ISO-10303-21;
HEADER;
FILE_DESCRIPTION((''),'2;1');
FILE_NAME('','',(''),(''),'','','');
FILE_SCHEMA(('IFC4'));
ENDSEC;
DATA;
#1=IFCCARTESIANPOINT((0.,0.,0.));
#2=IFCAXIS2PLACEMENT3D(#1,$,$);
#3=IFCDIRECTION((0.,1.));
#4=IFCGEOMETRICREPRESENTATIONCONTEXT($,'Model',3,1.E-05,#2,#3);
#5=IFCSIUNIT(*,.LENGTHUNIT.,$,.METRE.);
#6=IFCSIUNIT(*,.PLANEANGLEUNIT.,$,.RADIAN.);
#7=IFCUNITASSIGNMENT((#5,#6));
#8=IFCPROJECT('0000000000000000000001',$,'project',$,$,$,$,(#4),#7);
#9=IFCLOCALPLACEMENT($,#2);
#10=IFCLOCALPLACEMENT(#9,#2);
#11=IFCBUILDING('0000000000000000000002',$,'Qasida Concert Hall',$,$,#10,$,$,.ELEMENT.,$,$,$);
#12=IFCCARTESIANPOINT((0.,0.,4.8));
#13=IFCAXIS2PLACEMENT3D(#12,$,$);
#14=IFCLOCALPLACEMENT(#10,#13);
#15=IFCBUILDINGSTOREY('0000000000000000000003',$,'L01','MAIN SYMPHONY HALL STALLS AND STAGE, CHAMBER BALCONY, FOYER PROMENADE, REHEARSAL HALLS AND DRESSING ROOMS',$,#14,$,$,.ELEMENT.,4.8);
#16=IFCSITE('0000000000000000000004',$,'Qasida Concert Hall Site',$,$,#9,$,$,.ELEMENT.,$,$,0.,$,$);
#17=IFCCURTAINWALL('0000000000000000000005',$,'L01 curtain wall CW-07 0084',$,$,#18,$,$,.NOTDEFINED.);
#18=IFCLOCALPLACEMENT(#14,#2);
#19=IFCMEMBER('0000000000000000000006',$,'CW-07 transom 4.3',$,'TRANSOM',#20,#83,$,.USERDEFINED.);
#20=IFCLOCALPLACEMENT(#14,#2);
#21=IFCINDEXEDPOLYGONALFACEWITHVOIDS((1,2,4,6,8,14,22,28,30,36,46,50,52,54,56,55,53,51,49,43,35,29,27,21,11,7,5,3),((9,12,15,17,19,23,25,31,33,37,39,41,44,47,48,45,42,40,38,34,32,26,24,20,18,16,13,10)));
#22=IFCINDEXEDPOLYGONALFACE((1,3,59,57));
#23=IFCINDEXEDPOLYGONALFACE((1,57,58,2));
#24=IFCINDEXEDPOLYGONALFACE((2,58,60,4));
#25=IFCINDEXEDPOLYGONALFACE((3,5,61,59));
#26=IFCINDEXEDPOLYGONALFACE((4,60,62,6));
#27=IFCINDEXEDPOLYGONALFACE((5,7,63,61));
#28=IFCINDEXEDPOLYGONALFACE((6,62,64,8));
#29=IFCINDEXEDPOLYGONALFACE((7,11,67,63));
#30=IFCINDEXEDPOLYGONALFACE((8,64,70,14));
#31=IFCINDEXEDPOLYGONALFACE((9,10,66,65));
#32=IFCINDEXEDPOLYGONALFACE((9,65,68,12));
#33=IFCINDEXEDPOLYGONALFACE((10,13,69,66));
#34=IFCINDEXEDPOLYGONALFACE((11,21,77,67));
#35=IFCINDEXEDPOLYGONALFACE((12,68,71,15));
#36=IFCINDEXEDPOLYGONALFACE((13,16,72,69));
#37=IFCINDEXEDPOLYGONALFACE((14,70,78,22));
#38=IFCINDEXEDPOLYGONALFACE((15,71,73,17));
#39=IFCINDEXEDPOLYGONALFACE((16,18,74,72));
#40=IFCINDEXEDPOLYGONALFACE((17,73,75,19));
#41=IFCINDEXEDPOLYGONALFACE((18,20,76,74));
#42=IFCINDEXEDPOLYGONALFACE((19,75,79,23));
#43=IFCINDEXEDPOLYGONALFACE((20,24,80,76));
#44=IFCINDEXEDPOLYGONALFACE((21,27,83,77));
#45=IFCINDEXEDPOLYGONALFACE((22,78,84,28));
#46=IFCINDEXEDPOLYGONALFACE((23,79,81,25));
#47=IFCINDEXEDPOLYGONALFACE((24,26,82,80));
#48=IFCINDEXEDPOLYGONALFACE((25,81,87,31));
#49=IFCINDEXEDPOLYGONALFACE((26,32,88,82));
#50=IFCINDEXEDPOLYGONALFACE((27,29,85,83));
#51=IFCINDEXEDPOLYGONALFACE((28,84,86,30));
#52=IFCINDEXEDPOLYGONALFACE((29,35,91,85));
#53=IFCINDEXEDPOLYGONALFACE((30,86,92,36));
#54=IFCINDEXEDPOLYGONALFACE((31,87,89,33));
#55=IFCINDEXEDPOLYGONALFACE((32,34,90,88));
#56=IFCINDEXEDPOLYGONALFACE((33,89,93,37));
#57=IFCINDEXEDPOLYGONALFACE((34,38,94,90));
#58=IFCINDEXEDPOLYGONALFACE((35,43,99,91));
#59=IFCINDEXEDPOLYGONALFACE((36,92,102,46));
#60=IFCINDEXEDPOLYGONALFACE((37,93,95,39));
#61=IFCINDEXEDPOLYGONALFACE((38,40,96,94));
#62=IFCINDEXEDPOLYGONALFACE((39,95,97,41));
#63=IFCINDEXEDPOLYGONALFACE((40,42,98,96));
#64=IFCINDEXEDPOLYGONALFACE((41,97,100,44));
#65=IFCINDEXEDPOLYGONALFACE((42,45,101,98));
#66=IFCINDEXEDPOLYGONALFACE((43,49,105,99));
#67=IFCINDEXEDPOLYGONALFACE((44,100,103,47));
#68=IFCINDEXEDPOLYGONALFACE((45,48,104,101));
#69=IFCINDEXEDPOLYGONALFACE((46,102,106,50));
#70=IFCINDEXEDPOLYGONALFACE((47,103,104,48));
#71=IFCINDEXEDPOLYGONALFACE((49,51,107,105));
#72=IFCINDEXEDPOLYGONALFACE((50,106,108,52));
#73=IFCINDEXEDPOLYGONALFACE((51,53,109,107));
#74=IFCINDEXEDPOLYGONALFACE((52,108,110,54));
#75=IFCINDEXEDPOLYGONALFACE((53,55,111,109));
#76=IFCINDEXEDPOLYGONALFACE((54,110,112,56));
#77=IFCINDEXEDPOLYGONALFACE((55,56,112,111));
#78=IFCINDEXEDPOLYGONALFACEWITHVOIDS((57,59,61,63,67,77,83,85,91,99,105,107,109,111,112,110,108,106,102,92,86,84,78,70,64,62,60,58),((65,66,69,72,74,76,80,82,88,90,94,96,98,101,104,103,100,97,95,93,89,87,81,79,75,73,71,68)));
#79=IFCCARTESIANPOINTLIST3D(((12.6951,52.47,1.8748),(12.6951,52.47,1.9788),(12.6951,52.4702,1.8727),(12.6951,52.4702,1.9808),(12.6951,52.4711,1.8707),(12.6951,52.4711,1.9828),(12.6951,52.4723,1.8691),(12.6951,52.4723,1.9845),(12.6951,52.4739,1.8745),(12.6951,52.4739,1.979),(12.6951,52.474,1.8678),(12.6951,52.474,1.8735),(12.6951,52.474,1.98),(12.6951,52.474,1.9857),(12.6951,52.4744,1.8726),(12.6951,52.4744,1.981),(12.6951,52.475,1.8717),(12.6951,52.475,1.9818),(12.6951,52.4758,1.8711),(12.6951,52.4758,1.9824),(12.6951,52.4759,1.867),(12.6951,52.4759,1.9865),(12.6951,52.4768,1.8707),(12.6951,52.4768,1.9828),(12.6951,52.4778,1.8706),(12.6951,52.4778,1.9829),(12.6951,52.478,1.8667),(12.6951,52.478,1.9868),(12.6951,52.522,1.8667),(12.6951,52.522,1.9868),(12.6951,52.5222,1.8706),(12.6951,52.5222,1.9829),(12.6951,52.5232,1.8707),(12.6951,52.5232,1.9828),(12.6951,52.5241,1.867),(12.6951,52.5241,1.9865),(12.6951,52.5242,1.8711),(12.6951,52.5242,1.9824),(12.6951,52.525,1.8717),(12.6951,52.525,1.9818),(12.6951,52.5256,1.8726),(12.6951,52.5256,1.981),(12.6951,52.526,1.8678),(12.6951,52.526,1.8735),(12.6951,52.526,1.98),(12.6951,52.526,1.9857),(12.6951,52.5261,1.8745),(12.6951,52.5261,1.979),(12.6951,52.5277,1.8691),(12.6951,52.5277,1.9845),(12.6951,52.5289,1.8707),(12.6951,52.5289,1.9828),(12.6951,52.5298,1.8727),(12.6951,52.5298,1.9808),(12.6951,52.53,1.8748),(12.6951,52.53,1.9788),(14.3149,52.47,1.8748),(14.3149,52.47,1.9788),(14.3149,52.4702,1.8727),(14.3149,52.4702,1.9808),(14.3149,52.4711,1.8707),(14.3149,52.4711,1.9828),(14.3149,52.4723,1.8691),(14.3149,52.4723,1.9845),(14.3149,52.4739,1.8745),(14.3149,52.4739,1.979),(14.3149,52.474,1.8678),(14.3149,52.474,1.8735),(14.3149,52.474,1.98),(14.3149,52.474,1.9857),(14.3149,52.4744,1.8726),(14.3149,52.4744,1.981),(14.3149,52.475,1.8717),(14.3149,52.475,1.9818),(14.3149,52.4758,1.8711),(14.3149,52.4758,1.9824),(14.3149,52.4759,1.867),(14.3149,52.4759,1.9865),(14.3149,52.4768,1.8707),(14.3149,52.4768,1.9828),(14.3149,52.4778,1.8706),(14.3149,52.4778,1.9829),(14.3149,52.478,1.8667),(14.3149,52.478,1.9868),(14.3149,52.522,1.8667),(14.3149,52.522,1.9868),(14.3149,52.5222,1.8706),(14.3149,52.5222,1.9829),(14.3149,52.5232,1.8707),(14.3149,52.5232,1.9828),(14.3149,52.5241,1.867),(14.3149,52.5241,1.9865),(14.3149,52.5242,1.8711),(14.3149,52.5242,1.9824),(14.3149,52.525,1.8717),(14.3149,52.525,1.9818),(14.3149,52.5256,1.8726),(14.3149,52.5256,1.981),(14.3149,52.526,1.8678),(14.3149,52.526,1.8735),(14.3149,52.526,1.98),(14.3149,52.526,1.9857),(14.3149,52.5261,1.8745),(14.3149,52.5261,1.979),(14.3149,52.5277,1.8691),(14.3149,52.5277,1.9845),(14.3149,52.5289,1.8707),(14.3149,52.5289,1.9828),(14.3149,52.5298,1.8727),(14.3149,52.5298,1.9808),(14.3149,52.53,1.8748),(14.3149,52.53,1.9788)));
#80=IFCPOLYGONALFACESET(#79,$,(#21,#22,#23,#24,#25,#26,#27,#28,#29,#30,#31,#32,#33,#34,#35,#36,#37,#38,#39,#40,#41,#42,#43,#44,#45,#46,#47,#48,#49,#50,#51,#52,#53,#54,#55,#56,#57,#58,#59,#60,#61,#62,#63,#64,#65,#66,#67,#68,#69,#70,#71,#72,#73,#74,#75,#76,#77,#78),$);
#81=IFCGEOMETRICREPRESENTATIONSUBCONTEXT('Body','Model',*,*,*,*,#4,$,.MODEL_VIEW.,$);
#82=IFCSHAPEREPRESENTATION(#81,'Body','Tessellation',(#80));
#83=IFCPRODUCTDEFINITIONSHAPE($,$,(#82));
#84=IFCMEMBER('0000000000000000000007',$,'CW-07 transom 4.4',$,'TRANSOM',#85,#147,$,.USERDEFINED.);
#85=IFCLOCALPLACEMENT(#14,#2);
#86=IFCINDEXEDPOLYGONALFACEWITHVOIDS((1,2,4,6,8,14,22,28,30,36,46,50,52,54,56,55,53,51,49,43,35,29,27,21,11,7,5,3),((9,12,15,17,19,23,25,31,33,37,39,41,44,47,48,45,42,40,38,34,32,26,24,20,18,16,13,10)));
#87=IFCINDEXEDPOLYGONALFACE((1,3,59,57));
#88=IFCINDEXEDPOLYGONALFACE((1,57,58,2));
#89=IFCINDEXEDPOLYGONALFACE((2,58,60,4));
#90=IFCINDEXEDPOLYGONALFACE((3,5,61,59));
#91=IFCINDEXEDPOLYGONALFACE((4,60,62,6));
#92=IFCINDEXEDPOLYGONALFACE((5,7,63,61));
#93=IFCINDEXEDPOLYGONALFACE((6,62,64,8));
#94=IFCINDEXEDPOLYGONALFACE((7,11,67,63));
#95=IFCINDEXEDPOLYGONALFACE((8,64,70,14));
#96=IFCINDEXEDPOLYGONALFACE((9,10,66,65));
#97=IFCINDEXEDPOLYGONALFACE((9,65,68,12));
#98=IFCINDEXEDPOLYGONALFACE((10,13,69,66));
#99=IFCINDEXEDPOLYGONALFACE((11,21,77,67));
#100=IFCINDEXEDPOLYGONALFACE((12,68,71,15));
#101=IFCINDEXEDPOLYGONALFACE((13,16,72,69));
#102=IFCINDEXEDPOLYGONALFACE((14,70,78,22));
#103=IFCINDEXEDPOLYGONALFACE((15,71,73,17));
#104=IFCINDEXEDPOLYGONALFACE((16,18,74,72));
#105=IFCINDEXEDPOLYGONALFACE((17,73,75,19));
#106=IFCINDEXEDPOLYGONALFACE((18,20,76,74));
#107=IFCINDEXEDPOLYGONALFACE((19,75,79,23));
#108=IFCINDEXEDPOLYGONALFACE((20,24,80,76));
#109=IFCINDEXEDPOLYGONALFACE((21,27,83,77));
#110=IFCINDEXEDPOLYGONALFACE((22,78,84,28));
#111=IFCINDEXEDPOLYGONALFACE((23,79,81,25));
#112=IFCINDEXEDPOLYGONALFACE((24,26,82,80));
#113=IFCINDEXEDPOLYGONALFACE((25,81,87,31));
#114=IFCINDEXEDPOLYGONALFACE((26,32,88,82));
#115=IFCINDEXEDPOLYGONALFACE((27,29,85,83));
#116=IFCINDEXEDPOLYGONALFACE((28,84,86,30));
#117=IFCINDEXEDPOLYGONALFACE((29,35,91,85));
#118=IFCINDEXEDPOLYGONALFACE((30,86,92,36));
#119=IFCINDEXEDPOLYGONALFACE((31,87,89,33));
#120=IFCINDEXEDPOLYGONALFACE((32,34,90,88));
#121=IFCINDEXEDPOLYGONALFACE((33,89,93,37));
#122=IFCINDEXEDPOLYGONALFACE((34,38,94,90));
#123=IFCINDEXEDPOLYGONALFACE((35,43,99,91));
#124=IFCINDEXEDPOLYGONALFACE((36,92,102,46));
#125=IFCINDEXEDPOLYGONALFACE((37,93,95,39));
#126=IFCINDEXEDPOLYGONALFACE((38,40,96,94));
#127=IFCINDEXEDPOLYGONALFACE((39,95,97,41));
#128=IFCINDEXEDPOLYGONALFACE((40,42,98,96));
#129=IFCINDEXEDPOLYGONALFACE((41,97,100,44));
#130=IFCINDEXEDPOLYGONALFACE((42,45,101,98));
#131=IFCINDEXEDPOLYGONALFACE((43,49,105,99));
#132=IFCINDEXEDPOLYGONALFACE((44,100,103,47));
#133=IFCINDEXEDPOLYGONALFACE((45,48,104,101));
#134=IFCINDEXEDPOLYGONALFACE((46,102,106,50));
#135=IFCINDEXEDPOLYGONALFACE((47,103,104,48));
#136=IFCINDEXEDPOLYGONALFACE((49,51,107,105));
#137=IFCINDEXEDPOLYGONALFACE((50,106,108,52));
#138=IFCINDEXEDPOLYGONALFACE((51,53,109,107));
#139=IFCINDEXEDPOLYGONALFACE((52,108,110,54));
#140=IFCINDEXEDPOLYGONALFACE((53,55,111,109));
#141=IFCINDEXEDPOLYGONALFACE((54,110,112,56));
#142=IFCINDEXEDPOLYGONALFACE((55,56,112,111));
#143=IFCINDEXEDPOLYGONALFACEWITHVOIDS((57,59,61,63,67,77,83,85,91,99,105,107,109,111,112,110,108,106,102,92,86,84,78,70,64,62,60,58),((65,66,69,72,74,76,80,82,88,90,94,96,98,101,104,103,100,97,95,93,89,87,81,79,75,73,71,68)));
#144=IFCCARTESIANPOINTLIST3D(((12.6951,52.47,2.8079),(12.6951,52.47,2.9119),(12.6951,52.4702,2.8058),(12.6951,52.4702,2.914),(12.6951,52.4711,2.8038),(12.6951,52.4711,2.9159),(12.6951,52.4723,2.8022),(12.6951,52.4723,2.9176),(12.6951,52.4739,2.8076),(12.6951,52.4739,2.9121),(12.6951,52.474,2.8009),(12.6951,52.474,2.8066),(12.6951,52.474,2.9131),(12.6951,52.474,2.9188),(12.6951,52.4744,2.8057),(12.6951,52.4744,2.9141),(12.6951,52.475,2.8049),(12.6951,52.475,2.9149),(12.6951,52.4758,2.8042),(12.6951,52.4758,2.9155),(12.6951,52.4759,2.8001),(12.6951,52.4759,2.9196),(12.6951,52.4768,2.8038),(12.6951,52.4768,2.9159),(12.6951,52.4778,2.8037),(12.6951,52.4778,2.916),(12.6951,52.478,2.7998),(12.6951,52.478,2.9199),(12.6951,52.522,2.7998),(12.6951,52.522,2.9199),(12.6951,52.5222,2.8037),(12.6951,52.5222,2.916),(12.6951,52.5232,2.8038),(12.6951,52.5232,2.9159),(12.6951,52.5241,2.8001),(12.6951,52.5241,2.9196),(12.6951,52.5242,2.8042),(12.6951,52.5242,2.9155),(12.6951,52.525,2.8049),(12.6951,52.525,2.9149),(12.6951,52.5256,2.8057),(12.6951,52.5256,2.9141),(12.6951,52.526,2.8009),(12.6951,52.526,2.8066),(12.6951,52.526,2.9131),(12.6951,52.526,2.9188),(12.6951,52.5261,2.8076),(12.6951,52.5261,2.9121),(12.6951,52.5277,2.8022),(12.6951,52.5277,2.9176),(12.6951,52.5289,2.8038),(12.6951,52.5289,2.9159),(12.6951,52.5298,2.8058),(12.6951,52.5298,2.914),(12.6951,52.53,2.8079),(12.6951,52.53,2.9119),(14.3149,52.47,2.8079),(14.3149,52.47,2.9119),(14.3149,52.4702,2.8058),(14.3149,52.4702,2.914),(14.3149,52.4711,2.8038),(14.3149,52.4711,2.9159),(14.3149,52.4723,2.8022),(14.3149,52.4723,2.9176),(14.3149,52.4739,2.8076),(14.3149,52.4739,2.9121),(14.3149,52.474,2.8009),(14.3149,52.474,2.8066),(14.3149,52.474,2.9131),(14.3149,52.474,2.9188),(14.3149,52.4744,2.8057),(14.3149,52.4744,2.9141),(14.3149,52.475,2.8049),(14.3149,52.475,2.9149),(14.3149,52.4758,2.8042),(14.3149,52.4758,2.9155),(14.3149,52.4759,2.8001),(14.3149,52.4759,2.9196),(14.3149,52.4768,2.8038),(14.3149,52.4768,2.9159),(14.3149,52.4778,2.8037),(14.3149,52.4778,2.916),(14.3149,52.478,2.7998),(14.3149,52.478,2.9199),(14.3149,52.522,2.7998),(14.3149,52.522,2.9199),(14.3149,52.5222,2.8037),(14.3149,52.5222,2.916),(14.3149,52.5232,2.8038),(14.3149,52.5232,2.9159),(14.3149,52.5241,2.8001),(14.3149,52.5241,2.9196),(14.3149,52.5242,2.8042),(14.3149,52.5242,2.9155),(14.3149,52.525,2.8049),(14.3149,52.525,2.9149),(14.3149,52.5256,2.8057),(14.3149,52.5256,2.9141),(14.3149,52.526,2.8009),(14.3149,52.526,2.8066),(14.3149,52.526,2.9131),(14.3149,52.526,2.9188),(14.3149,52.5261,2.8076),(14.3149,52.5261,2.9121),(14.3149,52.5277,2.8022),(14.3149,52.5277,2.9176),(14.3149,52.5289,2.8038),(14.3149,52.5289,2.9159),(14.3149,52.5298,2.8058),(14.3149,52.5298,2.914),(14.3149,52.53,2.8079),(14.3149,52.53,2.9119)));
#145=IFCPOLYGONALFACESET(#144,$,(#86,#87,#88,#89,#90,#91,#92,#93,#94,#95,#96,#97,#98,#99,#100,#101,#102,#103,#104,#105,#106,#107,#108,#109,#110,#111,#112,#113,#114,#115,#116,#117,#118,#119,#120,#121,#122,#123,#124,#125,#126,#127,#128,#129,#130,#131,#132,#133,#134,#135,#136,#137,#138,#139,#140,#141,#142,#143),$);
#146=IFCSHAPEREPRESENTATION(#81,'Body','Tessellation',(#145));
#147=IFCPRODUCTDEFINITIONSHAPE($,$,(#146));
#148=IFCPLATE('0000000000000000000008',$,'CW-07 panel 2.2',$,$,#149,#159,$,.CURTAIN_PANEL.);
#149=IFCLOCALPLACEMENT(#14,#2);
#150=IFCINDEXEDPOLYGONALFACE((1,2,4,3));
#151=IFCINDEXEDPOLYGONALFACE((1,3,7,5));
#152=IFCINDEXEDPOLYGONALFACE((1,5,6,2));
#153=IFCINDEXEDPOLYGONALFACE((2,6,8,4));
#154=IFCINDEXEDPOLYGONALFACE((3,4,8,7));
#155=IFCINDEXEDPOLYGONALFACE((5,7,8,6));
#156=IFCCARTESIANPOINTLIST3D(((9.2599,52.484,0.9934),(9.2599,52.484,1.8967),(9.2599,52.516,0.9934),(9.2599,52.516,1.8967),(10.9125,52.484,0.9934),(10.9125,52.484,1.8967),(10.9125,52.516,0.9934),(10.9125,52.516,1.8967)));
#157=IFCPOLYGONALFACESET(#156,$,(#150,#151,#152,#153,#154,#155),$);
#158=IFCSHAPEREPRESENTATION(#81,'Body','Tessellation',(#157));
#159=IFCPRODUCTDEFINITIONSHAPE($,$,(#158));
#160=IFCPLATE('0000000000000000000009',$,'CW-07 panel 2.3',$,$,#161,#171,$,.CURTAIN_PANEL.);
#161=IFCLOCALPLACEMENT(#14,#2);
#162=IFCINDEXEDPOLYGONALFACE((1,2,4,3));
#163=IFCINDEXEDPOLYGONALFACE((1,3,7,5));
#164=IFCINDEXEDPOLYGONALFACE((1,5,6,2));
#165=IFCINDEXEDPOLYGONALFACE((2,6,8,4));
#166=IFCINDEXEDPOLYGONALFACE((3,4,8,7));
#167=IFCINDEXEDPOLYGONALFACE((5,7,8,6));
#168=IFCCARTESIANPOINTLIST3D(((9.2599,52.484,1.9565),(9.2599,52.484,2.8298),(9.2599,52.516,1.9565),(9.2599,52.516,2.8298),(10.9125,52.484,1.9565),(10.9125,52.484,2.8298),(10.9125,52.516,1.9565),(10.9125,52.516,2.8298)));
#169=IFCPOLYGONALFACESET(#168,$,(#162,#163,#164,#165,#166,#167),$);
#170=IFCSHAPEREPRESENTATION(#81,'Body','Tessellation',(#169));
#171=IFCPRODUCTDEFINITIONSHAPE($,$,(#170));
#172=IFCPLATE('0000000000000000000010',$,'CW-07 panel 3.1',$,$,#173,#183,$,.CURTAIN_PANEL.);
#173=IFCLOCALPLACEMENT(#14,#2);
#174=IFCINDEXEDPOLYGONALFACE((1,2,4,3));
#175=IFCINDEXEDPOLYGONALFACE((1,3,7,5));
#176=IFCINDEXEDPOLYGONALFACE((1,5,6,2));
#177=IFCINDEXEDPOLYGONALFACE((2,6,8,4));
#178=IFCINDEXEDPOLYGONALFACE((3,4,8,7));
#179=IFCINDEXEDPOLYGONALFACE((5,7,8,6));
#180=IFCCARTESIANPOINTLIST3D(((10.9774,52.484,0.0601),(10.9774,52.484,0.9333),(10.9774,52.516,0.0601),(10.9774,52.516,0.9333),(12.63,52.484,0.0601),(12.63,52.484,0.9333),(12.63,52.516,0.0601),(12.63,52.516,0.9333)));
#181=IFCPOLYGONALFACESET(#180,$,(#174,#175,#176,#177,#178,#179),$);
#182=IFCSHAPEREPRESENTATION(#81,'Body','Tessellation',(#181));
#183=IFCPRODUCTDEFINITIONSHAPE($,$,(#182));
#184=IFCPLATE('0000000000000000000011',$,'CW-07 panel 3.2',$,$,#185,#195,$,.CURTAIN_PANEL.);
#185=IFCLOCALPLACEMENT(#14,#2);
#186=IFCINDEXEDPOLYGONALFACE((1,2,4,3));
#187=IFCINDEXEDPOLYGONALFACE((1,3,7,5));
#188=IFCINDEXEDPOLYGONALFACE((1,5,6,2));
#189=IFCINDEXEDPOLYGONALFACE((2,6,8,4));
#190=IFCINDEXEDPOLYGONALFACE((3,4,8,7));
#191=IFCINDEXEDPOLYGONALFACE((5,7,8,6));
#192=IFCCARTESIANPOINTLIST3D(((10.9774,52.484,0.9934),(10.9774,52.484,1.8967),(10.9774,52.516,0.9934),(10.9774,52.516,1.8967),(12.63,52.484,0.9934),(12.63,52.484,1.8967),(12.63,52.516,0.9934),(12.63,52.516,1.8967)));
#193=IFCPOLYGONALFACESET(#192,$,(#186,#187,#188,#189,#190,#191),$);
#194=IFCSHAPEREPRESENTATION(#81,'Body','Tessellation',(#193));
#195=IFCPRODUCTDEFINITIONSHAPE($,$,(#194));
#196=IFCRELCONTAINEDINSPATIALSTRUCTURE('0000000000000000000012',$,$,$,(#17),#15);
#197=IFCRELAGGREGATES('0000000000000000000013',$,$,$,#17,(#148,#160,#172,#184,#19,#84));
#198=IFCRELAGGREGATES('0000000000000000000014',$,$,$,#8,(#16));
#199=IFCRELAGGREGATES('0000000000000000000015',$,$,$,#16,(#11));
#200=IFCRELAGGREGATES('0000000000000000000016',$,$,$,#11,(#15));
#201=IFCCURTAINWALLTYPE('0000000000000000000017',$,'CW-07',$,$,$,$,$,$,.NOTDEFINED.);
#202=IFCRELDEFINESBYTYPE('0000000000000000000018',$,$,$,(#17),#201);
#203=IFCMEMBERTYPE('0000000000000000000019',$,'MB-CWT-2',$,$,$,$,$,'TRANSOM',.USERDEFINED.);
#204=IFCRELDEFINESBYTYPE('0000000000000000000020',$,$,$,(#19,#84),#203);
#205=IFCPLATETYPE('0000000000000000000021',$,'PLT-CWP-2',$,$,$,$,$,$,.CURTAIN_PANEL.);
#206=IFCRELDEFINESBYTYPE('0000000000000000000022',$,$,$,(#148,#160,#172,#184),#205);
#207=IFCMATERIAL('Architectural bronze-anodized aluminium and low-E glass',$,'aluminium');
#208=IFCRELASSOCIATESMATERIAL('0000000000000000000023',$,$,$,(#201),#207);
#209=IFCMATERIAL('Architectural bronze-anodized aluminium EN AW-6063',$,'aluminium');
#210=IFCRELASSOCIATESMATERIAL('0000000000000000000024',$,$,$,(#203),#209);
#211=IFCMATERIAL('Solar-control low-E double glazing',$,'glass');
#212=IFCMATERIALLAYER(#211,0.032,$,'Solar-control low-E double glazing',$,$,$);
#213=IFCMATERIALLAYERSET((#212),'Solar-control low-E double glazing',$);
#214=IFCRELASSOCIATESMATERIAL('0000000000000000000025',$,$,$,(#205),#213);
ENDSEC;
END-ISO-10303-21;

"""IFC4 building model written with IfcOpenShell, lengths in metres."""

from ifc_helpers import new_model, si_unit, direction, frame, origin, origin_2d, place, context, subcontext, project, spatial, rectangle, hollow_rectangle, extrude, material, layer, layer_set, material_profile, profile_set, type_object, element, aggregate, save


model = new_model("IFC4")

# Units and contexts
model_context = context("Model", 3, precision=1e-05, world=origin(), true_north=direction((0.0, 1.0)))
body_context = subcontext(model_context, "Body", "Model", "MODEL_VIEW")
ifc_project = project(units=[si_unit("LENGTHUNIT", "METRE"), si_unit("PLANEANGLEUNIT", "RADIAN")], contexts=[model_context])

# Site, building, storey
site_placement = place(None, origin())
site = spatial("IfcSite", under=ifc_project, at=site_placement, Name="Qasida Concert Hall Site", CompositionType="ELEMENT", RefElevation=0.0)
building_placement = place(site_placement, origin())
building = spatial("IfcBuilding", under=site, at=building_placement, Name="Qasida Concert Hall", CompositionType="ELEMENT")
storey_placement = place(building_placement, frame((0.0, 0.0, 4.8)))
storey = spatial("IfcBuildingStorey", under=building, at=storey_placement, Name="L01", Description="MAIN SYMPHONY HALL STALLS AND STAGE, CHAMBER BALCONY, FOYER PROMENADE, REHEARSAL HALLS AND DRESSING ROOMS", CompositionType="ELEMENT", Elevation=4.8)

# Curtain wall, members, plates
ifc_material_1 = material(Name="Architectural bronze-anodized aluminium and low-E glass", Category="aluminium")
curtain_wall_type = type_object("IfcCurtainWallType", Name="CW-07", PredefinedType="NOTDEFINED", material=ifc_material_1)
curtain_wall_placement = place(storey_placement, origin())
curtain_wall = element("IfcCurtainWall", 1, at=curtain_wall_placement, inside=storey, type_object=curtain_wall_type, Name="L01 curtain wall CW-07 0084", PredefinedType="NOTDEFINED")
ifc_material_2 = material(Name="Architectural bronze-anodized aluminium EN AW-6063", Category="aluminium")
ifc_material_profile_1 = material_profile(ifc_material_2, hollow_rectangle(XDim=0.0601, YDim=0.1201, WallThickness=0.0039, InnerFilletRadius=0.0039, OuterFilletRadius=0.0081, at=origin_2d()), Name="CWT 120x60x4")
ifc_profile_set_1 = profile_set([ifc_material_profile_1], Name="Architectural bronze-anodized aluminium EN AW-6063")
member_type_1 = type_object("IfcMemberType", Name="MB-CWT-2", ElementType="TRANSOM", PredefinedType="USERDEFINED", material=ifc_profile_set_1)
member_1_placement = place(storey_placement, frame((12.6951, 52.5, 1.9268), z_axis=(1.0, 0.0, 0.0), x_axis=(0.0, 1.0, 0.0)))
member_1 = element("IfcMember", 2, at=member_1_placement, type_object=member_type_1, Name="CW-07 transom 4.3", ObjectType="TRANSOM", PredefinedType="USERDEFINED", context=body_context, shape_type="SweptSolid", body=[
    extrude(hollow_rectangle(XDim=0.0601, YDim=0.1201, WallThickness=0.0039, InnerFilletRadius=0.0039, OuterFilletRadius=0.0081, at=origin_2d()), origin(), (0.0, 0.0, 1.0), 1.6199),
])
member_2_placement = place(storey_placement, frame((12.6951, 52.5, 2.8599), z_axis=(1.0, 0.0, 0.0), x_axis=(0.0, 1.0, 0.0)))
member_2 = element("IfcMember", 3, at=member_2_placement, type_object=member_type_1, Name="CW-07 transom 4.4", ObjectType="TRANSOM", PredefinedType="USERDEFINED", context=body_context, shape_type="SweptSolid", body=[
    extrude(hollow_rectangle(XDim=0.0601, YDim=0.1201, WallThickness=0.0039, InnerFilletRadius=0.0039, OuterFilletRadius=0.0081, at=origin_2d()), origin(), (0.0, 0.0, 1.0), 1.6199),
])
ifc_material_3 = material(Name="Solar-control low-E double glazing", Category="glass")
ifc_layer_1 = layer(ifc_material_3, 0.032, Name="Solar-control low-E double glazing")
ifc_layer_set_1 = layer_set([ifc_layer_1], Name="Solar-control low-E double glazing")
plate_type = type_object("IfcPlateType", Name="PLT-CWP-2", PredefinedType="CURTAIN_PANEL", material=ifc_layer_set_1)
plate_1_placement = place(storey_placement, frame((10.0862, 52.5, 0.9934), z_axis=(0.0, 0.0, 1.0), x_axis=(1.0, 0.0, 0.0)))
plate_1 = element("IfcPlate", 4, at=plate_1_placement, type_object=plate_type, Name="CW-07 panel 2.2", PredefinedType="CURTAIN_PANEL", context=body_context, shape_type="SweptSolid", body=[
    extrude(rectangle(XDim=1.6526, YDim=0.032, at=origin_2d()), origin(), (0.0, 0.0, 1.0), 0.9033),
])
plate_2_placement = place(storey_placement, frame((10.0862, 52.5, 1.9565), z_axis=(0.0, 0.0, 1.0), x_axis=(1.0, 0.0, 0.0)))
plate_2 = element("IfcPlate", 5, at=plate_2_placement, type_object=plate_type, Name="CW-07 panel 2.3", PredefinedType="CURTAIN_PANEL", context=body_context, shape_type="SweptSolid", body=[
    extrude(rectangle(XDim=1.6526, YDim=0.032, at=origin_2d()), origin(), (0.0, 0.0, 1.0), 0.8733),
])
plate_3_placement = place(storey_placement, frame((11.8037, 52.5, 0.0601), z_axis=(0.0, 0.0, 1.0), x_axis=(1.0, 0.0, 0.0)))
plate_3 = element("IfcPlate", 6, at=plate_3_placement, type_object=plate_type, Name="CW-07 panel 3.1", PredefinedType="CURTAIN_PANEL", context=body_context, shape_type="SweptSolid", body=[
    extrude(rectangle(XDim=1.6526, YDim=0.032, at=origin_2d()), origin(), (0.0, 0.0, 1.0), 0.8733),
])
plate_4_placement = place(storey_placement, frame((11.8037, 52.5, 0.9934), z_axis=(0.0, 0.0, 1.0), x_axis=(1.0, 0.0, 0.0)))
plate_4 = element("IfcPlate", 7, at=plate_4_placement, type_object=plate_type, Name="CW-07 panel 3.2", PredefinedType="CURTAIN_PANEL", context=body_context, shape_type="SweptSolid", body=[
    extrude(rectangle(XDim=1.6526, YDim=0.032, at=origin_2d()), origin(), (0.0, 0.0, 1.0), 0.9033),
])
aggregate(curtain_wall, [plate_1, plate_2, plate_3, plate_4, member_1, member_2])

save(model, "model.ifc")
